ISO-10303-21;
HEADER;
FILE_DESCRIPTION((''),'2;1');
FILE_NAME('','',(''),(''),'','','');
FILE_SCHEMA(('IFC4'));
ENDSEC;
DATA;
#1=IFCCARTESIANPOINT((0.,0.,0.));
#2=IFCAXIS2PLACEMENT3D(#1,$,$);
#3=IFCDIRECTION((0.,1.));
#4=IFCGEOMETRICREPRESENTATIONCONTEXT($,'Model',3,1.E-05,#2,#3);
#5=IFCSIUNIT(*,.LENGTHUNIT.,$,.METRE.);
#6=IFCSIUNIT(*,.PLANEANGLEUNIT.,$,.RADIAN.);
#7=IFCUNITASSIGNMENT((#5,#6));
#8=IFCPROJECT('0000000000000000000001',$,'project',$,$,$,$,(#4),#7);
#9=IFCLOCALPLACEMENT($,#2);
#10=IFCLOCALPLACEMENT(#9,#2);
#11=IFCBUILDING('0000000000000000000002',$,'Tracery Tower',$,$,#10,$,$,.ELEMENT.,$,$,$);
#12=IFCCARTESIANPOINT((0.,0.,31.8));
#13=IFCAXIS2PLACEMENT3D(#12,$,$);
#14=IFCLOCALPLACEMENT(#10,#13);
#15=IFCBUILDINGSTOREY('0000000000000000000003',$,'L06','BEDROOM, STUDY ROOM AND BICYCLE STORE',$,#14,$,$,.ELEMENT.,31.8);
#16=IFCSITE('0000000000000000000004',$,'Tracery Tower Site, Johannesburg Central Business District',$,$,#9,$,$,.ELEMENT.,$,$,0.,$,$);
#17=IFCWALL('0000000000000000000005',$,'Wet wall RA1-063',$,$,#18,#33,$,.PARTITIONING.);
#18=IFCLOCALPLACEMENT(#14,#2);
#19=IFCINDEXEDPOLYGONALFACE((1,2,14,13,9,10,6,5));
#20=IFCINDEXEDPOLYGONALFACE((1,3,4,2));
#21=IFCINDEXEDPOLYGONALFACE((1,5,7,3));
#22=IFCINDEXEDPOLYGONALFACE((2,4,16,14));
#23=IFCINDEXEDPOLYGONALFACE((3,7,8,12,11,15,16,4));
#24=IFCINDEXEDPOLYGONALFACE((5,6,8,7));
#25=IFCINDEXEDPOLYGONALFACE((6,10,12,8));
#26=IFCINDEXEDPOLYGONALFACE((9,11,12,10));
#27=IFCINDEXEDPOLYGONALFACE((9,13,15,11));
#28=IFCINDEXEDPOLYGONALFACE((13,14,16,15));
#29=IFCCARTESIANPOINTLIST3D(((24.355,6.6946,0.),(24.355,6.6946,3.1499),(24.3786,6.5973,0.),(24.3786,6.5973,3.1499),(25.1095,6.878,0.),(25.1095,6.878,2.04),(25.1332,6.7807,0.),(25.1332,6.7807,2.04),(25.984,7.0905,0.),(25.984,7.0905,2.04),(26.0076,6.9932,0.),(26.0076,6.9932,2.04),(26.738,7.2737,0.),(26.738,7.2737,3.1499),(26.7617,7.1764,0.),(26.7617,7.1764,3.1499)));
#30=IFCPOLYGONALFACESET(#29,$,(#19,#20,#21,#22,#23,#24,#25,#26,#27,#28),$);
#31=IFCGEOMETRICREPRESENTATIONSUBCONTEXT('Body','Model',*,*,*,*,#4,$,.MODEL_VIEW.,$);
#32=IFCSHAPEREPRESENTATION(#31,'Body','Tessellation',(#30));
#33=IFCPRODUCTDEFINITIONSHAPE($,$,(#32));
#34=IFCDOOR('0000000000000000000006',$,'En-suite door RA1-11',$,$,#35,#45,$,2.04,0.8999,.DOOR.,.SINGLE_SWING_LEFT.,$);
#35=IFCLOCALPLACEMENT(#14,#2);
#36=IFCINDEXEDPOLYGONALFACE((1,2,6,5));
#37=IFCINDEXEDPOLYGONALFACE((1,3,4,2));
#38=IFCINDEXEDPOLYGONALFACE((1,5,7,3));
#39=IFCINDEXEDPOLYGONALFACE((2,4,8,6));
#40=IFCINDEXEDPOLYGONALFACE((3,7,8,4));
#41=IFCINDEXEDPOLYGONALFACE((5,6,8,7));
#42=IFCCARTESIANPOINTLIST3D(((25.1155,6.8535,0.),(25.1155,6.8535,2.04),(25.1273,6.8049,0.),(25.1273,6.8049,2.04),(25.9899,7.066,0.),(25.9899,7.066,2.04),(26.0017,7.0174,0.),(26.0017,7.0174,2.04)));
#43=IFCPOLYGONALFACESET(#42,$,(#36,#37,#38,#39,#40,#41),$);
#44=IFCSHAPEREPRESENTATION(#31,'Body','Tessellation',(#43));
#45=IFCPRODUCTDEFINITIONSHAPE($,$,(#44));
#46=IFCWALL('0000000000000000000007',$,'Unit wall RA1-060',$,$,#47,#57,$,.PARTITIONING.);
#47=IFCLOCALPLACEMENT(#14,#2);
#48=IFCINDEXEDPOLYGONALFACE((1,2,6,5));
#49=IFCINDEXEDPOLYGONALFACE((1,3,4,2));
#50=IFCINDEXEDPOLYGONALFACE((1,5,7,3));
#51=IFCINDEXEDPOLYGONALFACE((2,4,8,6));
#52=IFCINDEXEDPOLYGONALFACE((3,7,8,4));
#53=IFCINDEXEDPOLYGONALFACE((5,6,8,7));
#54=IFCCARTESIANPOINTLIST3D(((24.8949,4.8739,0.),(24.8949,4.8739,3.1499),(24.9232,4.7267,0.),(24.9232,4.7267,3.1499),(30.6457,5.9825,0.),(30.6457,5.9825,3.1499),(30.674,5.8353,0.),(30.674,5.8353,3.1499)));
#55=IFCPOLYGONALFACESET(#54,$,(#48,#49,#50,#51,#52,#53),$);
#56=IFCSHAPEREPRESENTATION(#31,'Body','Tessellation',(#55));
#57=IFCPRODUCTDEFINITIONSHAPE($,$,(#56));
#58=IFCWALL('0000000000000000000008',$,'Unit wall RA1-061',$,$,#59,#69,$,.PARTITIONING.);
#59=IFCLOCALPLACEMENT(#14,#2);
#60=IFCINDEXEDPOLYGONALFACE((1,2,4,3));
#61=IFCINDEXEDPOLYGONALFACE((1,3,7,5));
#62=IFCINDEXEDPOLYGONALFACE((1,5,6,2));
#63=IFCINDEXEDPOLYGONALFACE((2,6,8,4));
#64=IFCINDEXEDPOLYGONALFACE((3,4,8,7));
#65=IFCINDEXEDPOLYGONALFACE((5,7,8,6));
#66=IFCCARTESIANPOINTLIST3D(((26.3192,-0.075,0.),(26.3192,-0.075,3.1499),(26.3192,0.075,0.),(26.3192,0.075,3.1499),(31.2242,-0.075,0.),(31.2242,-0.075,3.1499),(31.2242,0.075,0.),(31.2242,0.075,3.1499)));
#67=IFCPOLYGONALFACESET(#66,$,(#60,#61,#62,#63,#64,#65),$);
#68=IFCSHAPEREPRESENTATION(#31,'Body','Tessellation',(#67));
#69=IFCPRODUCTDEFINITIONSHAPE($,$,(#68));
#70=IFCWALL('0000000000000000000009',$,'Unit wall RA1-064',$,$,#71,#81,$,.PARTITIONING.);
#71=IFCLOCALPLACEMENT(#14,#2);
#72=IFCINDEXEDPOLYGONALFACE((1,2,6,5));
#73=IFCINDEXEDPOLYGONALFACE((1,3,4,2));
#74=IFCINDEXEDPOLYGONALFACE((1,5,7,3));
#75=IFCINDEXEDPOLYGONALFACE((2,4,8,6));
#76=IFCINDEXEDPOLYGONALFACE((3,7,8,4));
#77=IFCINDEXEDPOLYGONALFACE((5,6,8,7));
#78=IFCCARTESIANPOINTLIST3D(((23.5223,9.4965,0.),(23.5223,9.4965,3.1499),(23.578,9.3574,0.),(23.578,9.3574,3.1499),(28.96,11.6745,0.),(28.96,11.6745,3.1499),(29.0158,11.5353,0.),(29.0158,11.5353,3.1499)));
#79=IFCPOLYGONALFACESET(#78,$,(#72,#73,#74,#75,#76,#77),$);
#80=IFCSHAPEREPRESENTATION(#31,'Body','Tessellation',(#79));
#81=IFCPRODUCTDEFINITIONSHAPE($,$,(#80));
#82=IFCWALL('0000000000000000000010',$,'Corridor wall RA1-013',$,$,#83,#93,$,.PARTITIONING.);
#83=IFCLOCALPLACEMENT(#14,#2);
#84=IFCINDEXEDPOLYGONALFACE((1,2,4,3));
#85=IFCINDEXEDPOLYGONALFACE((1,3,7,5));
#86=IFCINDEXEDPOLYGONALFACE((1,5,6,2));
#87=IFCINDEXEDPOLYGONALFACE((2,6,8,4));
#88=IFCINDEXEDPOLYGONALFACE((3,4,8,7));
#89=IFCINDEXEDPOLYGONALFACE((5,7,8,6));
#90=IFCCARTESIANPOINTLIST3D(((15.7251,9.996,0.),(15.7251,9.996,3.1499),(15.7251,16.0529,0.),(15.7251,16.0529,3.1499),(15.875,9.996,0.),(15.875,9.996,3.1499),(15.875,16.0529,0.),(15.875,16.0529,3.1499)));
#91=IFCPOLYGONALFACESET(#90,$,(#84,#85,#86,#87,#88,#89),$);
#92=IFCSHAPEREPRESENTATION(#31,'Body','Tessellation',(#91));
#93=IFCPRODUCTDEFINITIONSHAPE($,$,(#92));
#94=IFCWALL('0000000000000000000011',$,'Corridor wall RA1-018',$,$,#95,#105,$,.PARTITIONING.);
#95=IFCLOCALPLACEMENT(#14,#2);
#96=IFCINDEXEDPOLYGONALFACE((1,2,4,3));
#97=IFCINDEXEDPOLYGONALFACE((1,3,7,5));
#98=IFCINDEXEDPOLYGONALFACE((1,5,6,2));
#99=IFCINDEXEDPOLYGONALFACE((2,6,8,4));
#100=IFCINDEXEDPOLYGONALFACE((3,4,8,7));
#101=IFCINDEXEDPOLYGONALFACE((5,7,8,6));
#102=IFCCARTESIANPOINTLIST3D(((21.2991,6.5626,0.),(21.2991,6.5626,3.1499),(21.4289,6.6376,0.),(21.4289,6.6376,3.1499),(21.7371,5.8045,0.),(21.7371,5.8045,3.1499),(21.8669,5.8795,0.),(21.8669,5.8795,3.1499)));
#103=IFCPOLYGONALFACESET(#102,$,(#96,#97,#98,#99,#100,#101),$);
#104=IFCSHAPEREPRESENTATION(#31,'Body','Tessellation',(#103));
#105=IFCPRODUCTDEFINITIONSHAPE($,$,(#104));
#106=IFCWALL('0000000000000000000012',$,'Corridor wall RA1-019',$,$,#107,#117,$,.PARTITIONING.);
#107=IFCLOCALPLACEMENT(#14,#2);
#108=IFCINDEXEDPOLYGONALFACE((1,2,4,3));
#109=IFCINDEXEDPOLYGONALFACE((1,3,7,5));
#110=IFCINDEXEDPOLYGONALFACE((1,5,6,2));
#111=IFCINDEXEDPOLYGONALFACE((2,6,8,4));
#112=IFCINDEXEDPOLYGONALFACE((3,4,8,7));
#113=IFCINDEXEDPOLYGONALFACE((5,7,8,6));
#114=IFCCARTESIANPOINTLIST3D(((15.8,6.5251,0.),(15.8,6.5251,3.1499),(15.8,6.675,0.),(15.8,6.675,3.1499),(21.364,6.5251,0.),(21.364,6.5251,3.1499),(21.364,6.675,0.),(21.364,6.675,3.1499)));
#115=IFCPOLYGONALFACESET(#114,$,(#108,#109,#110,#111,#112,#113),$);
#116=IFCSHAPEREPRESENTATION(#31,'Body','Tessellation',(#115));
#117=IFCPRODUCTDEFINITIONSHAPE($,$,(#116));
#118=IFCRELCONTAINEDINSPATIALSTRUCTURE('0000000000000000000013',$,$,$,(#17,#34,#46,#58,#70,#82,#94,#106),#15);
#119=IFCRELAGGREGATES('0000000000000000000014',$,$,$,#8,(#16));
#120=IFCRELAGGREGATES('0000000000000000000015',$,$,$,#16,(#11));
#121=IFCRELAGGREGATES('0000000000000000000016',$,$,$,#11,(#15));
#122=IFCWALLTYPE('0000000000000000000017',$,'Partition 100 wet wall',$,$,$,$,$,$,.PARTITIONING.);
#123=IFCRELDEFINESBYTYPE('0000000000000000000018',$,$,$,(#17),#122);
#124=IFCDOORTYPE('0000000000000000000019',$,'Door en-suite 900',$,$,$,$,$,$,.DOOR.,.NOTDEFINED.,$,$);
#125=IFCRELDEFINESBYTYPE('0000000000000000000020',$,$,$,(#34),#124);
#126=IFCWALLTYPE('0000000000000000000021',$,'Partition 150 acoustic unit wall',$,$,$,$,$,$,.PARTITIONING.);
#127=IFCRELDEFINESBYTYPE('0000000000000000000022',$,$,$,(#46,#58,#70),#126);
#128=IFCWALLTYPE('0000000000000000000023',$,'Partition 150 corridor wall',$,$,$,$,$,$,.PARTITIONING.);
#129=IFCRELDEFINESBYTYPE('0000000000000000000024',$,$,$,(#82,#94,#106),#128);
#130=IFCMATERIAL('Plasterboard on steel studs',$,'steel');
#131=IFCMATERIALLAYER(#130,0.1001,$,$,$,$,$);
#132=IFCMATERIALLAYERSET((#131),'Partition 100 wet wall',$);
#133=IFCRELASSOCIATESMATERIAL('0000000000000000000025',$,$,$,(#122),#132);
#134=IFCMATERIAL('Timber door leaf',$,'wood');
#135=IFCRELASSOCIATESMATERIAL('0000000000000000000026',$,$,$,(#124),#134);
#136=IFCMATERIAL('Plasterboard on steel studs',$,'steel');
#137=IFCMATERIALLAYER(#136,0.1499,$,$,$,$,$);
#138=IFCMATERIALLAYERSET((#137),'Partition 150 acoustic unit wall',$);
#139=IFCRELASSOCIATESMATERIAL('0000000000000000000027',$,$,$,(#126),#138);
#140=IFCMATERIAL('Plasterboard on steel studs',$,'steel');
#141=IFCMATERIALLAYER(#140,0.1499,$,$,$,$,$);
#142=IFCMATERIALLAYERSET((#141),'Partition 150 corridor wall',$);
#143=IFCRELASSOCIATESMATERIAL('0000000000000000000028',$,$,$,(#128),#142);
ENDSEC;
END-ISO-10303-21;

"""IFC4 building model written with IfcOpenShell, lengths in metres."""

from ifc_helpers import new_model, si_unit, direction, frame, frame_2d, origin, place, context, subcontext, project, spatial, rectangle, extrude, material, layer, layer_set, type_object, element, fill, save


model = new_model("IFC4")

# Units and contexts
model_context = context("Model", 3, precision=1e-05, world=origin(), true_north=direction((0.0, 1.0)))
body_context = subcontext(model_context, "Body", "Model", "MODEL_VIEW")
ifc_project = project(units=[si_unit("LENGTHUNIT", "METRE"), si_unit("PLANEANGLEUNIT", "RADIAN")], contexts=[model_context])

# Site, building, storey
site_placement = place(None, origin())
site = spatial("IfcSite", under=ifc_project, at=site_placement, Name="Tracery Tower Site, Johannesburg Central Business District", CompositionType="ELEMENT", RefElevation=0.0)
building_placement = place(site_placement, origin())
building = spatial("IfcBuilding", under=site, at=building_placement, Name="Tracery Tower", CompositionType="ELEMENT")
storey_placement = place(building_placement, frame((0.0, 0.0, 31.8)))
storey = spatial("IfcBuildingStorey", under=building, at=storey_placement, Name="L06", Description="BEDROOM, STUDY ROOM AND BICYCLE STORE", CompositionType="ELEMENT", Elevation=31.8)

# Shared definitions
ifc_material_1 = material(Name="Plasterboard on steel studs", Category="steel")
ifc_layer_1 = layer(ifc_material_1, 0.1001)
ifc_layer_set_1 = layer_set([ifc_layer_1], Name="Partition 100 wet wall")
wall_type_1 = type_object("IfcWallType", Name="Partition 100 wet wall", PredefinedType="PARTITIONING", material=ifc_layer_set_1)

# Shared definitions
ifc_material_2 = material(Name="Timber door leaf", Category="wood")
door_type = type_object("IfcDoorType", Name="Door en-suite 900", OperationType="NOTDEFINED", PredefinedType="DOOR", material=ifc_material_2)

# Wall, opening, door
wall_1_placement = place(storey_placement, frame((24.3669, 6.646, 0.0), z_axis=(0.0, 0.0, 1.0), x_axis=(0.97172, 0.236136, 0.0)))
wall_1 = element("IfcWall", 1, at=wall_1_placement, inside=storey, type_object=wall_type_1, Name="Wet wall RA1-063", PredefinedType="PARTITIONING", context=body_context, shape_type="SweptSolid", body=[
    extrude(rectangle(XDim=2.4524, YDim=0.1001, at=frame_2d((1.2261, 0.0))), origin(), (0.0, 0.0, 1.0), 3.1499),
])
opening_1_placement = place(wall_1_placement, frame((0.7764, 0.0, 0.0)))
opening_1 = element("IfcOpeningElement", 2, at=opening_1_placement, cuts=wall_1, PredefinedType="OPENING", context=body_context, shape_type="SweptSolid", body=[
    extrude(rectangle(XDim=0.8999, YDim=2.04, at=frame_2d((0.45, 1.02))), frame((0.0, 0.05, 0.0), z_axis=(0.0, -1.0, 0.0), x_axis=(1.0, 0.0, 0.0)), (0.0, 0.0, 1.0), 0.1001),
])
door_1_placement = place(opening_1_placement, origin())
door_1 = element("IfcDoor", 3, at=door_1_placement, inside=storey, type_object=door_type, Name="En-suite door RA1-11", OperationType="SINGLE_SWING_LEFT", OverallHeight=2.04, OverallWidth=0.8999, PredefinedType="DOOR", context=body_context, shape_type="SweptSolid", body=[
    extrude(rectangle(XDim=0.8999, YDim=2.04, at=frame_2d((0.45, 1.02))), frame((0.0, 0.0249, 0.0), z_axis=(0.0, -1.0, 0.0), x_axis=(1.0, 0.0, 0.0)), (0.0, 0.0, 1.0), 0.05),
])
fill(opening_1, door_1)

# Walls
ifc_material_3 = material(Name="Plasterboard on steel studs", Category="steel")
ifc_layer_2 = layer(ifc_material_3, 0.1499)
ifc_layer_set_2 = layer_set([ifc_layer_2], Name="Partition 150 acoustic unit wall")
wall_type_2 = type_object("IfcWallType", Name="Partition 150 acoustic unit wall", PredefinedType="PARTITIONING", material=ifc_layer_set_2)
wall_2_placement = place(storey_placement, frame((24.9092, 4.8003, 0.0), z_axis=(0.0, 0.0, 1.0), x_axis=(0.98192, 0.189297, 0.0)))
element("IfcWall", 4, at=wall_2_placement, inside=storey, type_object=wall_type_2, Name="Unit wall RA1-060", PredefinedType="PARTITIONING", context=body_context, shape_type="SweptSolid", body=[
    extrude(rectangle(XDim=5.8567, YDim=0.1499, at=frame_2d((2.9282, 0.0))), origin(), (0.0, 0.0, 1.0), 3.1499),
])
wall_3_placement = place(storey_placement, frame((26.3191, 0.0, 0.0), z_axis=(0.0, 0.0, 1.0), x_axis=(1.0, 0.0, 0.0)))
element("IfcWall", 5, at=wall_3_placement, inside=storey, type_object=wall_type_2, Name="Unit wall RA1-061", PredefinedType="PARTITIONING", context=body_context, shape_type="SweptSolid", body=[
    extrude(rectangle(XDim=4.905, YDim=0.1499, at=frame_2d((2.4526, 0.0))), origin(), (0.0, 0.0, 1.0), 3.1499),
])
wall_4_placement = place(storey_placement, frame((23.5503, 9.427, 0.0), z_axis=(0.0, 0.0, 1.0), x_axis=(0.928307, 0.371815, 0.0)))
element("IfcWall", 6, at=wall_4_placement, inside=storey, type_object=wall_type_2, Name="Unit wall RA1-064", PredefinedType="PARTITIONING", context=body_context, shape_type="SweptSolid", body=[
    extrude(rectangle(XDim=5.8577, YDim=0.1499, at=frame_2d((2.9287, 0.0))), origin(), (0.0, 0.0, 1.0), 3.1499),
])
ifc_material_4 = material(Name="Plasterboard on steel studs", Category="steel")
ifc_layer_3 = layer(ifc_material_4, 0.1499)
ifc_layer_set_3 = layer_set([ifc_layer_3], Name="Partition 150 corridor wall")
wall_type_3 = type_object("IfcWallType", Name="Partition 150 corridor wall", PredefinedType="PARTITIONING", material=ifc_layer_set_3)
wall_5_placement = place(storey_placement, frame((15.8, 9.9961, 0.0), z_axis=(0.0, 0.0, 1.0), x_axis=(0.0, 1.0, 0.0)))
element("IfcWall", 7, at=wall_5_placement, inside=storey, type_object=wall_type_3, Name="Corridor wall RA1-013", PredefinedType="PARTITIONING", context=body_context, shape_type="SweptSolid", body=[
    extrude(rectangle(XDim=6.0569, YDim=0.1499, at=frame_2d((3.0283, 0.0))), origin(), (0.0, 0.0, 1.0), 3.1499),
])
wall_6_placement = place(storey_placement, frame((21.364, 6.6001, 0.0), z_axis=(0.0, 0.0, 1.0), x_axis=(0.500278, -0.865865, 0.0)))
element("IfcWall", 8, at=wall_6_placement, inside=storey, type_object=wall_type_3, Name="Corridor wall RA1-018", PredefinedType="PARTITIONING", context=body_context, shape_type="SweptSolid", body=[
    extrude(rectangle(XDim=0.8755, YDim=0.1499, at=frame_2d((0.4377, 0.0))), origin(), (0.0, 0.0, 1.0), 3.1499),
])
wall_7_placement = place(storey_placement, frame((15.8, 6.6001, 0.0), z_axis=(0.0, 0.0, 1.0), x_axis=(1.0, 0.0, 0.0)))
element("IfcWall", 9, at=wall_7_placement, inside=storey, type_object=wall_type_3, Name="Corridor wall RA1-019", PredefinedType="PARTITIONING", context=body_context, shape_type="SweptSolid", body=[
    extrude(rectangle(XDim=5.564, YDim=0.1499, at=frame_2d((2.782, 0.0))), origin(), (0.0, 0.0, 1.0), 3.1499),
])

save(model, "model.ifc")
